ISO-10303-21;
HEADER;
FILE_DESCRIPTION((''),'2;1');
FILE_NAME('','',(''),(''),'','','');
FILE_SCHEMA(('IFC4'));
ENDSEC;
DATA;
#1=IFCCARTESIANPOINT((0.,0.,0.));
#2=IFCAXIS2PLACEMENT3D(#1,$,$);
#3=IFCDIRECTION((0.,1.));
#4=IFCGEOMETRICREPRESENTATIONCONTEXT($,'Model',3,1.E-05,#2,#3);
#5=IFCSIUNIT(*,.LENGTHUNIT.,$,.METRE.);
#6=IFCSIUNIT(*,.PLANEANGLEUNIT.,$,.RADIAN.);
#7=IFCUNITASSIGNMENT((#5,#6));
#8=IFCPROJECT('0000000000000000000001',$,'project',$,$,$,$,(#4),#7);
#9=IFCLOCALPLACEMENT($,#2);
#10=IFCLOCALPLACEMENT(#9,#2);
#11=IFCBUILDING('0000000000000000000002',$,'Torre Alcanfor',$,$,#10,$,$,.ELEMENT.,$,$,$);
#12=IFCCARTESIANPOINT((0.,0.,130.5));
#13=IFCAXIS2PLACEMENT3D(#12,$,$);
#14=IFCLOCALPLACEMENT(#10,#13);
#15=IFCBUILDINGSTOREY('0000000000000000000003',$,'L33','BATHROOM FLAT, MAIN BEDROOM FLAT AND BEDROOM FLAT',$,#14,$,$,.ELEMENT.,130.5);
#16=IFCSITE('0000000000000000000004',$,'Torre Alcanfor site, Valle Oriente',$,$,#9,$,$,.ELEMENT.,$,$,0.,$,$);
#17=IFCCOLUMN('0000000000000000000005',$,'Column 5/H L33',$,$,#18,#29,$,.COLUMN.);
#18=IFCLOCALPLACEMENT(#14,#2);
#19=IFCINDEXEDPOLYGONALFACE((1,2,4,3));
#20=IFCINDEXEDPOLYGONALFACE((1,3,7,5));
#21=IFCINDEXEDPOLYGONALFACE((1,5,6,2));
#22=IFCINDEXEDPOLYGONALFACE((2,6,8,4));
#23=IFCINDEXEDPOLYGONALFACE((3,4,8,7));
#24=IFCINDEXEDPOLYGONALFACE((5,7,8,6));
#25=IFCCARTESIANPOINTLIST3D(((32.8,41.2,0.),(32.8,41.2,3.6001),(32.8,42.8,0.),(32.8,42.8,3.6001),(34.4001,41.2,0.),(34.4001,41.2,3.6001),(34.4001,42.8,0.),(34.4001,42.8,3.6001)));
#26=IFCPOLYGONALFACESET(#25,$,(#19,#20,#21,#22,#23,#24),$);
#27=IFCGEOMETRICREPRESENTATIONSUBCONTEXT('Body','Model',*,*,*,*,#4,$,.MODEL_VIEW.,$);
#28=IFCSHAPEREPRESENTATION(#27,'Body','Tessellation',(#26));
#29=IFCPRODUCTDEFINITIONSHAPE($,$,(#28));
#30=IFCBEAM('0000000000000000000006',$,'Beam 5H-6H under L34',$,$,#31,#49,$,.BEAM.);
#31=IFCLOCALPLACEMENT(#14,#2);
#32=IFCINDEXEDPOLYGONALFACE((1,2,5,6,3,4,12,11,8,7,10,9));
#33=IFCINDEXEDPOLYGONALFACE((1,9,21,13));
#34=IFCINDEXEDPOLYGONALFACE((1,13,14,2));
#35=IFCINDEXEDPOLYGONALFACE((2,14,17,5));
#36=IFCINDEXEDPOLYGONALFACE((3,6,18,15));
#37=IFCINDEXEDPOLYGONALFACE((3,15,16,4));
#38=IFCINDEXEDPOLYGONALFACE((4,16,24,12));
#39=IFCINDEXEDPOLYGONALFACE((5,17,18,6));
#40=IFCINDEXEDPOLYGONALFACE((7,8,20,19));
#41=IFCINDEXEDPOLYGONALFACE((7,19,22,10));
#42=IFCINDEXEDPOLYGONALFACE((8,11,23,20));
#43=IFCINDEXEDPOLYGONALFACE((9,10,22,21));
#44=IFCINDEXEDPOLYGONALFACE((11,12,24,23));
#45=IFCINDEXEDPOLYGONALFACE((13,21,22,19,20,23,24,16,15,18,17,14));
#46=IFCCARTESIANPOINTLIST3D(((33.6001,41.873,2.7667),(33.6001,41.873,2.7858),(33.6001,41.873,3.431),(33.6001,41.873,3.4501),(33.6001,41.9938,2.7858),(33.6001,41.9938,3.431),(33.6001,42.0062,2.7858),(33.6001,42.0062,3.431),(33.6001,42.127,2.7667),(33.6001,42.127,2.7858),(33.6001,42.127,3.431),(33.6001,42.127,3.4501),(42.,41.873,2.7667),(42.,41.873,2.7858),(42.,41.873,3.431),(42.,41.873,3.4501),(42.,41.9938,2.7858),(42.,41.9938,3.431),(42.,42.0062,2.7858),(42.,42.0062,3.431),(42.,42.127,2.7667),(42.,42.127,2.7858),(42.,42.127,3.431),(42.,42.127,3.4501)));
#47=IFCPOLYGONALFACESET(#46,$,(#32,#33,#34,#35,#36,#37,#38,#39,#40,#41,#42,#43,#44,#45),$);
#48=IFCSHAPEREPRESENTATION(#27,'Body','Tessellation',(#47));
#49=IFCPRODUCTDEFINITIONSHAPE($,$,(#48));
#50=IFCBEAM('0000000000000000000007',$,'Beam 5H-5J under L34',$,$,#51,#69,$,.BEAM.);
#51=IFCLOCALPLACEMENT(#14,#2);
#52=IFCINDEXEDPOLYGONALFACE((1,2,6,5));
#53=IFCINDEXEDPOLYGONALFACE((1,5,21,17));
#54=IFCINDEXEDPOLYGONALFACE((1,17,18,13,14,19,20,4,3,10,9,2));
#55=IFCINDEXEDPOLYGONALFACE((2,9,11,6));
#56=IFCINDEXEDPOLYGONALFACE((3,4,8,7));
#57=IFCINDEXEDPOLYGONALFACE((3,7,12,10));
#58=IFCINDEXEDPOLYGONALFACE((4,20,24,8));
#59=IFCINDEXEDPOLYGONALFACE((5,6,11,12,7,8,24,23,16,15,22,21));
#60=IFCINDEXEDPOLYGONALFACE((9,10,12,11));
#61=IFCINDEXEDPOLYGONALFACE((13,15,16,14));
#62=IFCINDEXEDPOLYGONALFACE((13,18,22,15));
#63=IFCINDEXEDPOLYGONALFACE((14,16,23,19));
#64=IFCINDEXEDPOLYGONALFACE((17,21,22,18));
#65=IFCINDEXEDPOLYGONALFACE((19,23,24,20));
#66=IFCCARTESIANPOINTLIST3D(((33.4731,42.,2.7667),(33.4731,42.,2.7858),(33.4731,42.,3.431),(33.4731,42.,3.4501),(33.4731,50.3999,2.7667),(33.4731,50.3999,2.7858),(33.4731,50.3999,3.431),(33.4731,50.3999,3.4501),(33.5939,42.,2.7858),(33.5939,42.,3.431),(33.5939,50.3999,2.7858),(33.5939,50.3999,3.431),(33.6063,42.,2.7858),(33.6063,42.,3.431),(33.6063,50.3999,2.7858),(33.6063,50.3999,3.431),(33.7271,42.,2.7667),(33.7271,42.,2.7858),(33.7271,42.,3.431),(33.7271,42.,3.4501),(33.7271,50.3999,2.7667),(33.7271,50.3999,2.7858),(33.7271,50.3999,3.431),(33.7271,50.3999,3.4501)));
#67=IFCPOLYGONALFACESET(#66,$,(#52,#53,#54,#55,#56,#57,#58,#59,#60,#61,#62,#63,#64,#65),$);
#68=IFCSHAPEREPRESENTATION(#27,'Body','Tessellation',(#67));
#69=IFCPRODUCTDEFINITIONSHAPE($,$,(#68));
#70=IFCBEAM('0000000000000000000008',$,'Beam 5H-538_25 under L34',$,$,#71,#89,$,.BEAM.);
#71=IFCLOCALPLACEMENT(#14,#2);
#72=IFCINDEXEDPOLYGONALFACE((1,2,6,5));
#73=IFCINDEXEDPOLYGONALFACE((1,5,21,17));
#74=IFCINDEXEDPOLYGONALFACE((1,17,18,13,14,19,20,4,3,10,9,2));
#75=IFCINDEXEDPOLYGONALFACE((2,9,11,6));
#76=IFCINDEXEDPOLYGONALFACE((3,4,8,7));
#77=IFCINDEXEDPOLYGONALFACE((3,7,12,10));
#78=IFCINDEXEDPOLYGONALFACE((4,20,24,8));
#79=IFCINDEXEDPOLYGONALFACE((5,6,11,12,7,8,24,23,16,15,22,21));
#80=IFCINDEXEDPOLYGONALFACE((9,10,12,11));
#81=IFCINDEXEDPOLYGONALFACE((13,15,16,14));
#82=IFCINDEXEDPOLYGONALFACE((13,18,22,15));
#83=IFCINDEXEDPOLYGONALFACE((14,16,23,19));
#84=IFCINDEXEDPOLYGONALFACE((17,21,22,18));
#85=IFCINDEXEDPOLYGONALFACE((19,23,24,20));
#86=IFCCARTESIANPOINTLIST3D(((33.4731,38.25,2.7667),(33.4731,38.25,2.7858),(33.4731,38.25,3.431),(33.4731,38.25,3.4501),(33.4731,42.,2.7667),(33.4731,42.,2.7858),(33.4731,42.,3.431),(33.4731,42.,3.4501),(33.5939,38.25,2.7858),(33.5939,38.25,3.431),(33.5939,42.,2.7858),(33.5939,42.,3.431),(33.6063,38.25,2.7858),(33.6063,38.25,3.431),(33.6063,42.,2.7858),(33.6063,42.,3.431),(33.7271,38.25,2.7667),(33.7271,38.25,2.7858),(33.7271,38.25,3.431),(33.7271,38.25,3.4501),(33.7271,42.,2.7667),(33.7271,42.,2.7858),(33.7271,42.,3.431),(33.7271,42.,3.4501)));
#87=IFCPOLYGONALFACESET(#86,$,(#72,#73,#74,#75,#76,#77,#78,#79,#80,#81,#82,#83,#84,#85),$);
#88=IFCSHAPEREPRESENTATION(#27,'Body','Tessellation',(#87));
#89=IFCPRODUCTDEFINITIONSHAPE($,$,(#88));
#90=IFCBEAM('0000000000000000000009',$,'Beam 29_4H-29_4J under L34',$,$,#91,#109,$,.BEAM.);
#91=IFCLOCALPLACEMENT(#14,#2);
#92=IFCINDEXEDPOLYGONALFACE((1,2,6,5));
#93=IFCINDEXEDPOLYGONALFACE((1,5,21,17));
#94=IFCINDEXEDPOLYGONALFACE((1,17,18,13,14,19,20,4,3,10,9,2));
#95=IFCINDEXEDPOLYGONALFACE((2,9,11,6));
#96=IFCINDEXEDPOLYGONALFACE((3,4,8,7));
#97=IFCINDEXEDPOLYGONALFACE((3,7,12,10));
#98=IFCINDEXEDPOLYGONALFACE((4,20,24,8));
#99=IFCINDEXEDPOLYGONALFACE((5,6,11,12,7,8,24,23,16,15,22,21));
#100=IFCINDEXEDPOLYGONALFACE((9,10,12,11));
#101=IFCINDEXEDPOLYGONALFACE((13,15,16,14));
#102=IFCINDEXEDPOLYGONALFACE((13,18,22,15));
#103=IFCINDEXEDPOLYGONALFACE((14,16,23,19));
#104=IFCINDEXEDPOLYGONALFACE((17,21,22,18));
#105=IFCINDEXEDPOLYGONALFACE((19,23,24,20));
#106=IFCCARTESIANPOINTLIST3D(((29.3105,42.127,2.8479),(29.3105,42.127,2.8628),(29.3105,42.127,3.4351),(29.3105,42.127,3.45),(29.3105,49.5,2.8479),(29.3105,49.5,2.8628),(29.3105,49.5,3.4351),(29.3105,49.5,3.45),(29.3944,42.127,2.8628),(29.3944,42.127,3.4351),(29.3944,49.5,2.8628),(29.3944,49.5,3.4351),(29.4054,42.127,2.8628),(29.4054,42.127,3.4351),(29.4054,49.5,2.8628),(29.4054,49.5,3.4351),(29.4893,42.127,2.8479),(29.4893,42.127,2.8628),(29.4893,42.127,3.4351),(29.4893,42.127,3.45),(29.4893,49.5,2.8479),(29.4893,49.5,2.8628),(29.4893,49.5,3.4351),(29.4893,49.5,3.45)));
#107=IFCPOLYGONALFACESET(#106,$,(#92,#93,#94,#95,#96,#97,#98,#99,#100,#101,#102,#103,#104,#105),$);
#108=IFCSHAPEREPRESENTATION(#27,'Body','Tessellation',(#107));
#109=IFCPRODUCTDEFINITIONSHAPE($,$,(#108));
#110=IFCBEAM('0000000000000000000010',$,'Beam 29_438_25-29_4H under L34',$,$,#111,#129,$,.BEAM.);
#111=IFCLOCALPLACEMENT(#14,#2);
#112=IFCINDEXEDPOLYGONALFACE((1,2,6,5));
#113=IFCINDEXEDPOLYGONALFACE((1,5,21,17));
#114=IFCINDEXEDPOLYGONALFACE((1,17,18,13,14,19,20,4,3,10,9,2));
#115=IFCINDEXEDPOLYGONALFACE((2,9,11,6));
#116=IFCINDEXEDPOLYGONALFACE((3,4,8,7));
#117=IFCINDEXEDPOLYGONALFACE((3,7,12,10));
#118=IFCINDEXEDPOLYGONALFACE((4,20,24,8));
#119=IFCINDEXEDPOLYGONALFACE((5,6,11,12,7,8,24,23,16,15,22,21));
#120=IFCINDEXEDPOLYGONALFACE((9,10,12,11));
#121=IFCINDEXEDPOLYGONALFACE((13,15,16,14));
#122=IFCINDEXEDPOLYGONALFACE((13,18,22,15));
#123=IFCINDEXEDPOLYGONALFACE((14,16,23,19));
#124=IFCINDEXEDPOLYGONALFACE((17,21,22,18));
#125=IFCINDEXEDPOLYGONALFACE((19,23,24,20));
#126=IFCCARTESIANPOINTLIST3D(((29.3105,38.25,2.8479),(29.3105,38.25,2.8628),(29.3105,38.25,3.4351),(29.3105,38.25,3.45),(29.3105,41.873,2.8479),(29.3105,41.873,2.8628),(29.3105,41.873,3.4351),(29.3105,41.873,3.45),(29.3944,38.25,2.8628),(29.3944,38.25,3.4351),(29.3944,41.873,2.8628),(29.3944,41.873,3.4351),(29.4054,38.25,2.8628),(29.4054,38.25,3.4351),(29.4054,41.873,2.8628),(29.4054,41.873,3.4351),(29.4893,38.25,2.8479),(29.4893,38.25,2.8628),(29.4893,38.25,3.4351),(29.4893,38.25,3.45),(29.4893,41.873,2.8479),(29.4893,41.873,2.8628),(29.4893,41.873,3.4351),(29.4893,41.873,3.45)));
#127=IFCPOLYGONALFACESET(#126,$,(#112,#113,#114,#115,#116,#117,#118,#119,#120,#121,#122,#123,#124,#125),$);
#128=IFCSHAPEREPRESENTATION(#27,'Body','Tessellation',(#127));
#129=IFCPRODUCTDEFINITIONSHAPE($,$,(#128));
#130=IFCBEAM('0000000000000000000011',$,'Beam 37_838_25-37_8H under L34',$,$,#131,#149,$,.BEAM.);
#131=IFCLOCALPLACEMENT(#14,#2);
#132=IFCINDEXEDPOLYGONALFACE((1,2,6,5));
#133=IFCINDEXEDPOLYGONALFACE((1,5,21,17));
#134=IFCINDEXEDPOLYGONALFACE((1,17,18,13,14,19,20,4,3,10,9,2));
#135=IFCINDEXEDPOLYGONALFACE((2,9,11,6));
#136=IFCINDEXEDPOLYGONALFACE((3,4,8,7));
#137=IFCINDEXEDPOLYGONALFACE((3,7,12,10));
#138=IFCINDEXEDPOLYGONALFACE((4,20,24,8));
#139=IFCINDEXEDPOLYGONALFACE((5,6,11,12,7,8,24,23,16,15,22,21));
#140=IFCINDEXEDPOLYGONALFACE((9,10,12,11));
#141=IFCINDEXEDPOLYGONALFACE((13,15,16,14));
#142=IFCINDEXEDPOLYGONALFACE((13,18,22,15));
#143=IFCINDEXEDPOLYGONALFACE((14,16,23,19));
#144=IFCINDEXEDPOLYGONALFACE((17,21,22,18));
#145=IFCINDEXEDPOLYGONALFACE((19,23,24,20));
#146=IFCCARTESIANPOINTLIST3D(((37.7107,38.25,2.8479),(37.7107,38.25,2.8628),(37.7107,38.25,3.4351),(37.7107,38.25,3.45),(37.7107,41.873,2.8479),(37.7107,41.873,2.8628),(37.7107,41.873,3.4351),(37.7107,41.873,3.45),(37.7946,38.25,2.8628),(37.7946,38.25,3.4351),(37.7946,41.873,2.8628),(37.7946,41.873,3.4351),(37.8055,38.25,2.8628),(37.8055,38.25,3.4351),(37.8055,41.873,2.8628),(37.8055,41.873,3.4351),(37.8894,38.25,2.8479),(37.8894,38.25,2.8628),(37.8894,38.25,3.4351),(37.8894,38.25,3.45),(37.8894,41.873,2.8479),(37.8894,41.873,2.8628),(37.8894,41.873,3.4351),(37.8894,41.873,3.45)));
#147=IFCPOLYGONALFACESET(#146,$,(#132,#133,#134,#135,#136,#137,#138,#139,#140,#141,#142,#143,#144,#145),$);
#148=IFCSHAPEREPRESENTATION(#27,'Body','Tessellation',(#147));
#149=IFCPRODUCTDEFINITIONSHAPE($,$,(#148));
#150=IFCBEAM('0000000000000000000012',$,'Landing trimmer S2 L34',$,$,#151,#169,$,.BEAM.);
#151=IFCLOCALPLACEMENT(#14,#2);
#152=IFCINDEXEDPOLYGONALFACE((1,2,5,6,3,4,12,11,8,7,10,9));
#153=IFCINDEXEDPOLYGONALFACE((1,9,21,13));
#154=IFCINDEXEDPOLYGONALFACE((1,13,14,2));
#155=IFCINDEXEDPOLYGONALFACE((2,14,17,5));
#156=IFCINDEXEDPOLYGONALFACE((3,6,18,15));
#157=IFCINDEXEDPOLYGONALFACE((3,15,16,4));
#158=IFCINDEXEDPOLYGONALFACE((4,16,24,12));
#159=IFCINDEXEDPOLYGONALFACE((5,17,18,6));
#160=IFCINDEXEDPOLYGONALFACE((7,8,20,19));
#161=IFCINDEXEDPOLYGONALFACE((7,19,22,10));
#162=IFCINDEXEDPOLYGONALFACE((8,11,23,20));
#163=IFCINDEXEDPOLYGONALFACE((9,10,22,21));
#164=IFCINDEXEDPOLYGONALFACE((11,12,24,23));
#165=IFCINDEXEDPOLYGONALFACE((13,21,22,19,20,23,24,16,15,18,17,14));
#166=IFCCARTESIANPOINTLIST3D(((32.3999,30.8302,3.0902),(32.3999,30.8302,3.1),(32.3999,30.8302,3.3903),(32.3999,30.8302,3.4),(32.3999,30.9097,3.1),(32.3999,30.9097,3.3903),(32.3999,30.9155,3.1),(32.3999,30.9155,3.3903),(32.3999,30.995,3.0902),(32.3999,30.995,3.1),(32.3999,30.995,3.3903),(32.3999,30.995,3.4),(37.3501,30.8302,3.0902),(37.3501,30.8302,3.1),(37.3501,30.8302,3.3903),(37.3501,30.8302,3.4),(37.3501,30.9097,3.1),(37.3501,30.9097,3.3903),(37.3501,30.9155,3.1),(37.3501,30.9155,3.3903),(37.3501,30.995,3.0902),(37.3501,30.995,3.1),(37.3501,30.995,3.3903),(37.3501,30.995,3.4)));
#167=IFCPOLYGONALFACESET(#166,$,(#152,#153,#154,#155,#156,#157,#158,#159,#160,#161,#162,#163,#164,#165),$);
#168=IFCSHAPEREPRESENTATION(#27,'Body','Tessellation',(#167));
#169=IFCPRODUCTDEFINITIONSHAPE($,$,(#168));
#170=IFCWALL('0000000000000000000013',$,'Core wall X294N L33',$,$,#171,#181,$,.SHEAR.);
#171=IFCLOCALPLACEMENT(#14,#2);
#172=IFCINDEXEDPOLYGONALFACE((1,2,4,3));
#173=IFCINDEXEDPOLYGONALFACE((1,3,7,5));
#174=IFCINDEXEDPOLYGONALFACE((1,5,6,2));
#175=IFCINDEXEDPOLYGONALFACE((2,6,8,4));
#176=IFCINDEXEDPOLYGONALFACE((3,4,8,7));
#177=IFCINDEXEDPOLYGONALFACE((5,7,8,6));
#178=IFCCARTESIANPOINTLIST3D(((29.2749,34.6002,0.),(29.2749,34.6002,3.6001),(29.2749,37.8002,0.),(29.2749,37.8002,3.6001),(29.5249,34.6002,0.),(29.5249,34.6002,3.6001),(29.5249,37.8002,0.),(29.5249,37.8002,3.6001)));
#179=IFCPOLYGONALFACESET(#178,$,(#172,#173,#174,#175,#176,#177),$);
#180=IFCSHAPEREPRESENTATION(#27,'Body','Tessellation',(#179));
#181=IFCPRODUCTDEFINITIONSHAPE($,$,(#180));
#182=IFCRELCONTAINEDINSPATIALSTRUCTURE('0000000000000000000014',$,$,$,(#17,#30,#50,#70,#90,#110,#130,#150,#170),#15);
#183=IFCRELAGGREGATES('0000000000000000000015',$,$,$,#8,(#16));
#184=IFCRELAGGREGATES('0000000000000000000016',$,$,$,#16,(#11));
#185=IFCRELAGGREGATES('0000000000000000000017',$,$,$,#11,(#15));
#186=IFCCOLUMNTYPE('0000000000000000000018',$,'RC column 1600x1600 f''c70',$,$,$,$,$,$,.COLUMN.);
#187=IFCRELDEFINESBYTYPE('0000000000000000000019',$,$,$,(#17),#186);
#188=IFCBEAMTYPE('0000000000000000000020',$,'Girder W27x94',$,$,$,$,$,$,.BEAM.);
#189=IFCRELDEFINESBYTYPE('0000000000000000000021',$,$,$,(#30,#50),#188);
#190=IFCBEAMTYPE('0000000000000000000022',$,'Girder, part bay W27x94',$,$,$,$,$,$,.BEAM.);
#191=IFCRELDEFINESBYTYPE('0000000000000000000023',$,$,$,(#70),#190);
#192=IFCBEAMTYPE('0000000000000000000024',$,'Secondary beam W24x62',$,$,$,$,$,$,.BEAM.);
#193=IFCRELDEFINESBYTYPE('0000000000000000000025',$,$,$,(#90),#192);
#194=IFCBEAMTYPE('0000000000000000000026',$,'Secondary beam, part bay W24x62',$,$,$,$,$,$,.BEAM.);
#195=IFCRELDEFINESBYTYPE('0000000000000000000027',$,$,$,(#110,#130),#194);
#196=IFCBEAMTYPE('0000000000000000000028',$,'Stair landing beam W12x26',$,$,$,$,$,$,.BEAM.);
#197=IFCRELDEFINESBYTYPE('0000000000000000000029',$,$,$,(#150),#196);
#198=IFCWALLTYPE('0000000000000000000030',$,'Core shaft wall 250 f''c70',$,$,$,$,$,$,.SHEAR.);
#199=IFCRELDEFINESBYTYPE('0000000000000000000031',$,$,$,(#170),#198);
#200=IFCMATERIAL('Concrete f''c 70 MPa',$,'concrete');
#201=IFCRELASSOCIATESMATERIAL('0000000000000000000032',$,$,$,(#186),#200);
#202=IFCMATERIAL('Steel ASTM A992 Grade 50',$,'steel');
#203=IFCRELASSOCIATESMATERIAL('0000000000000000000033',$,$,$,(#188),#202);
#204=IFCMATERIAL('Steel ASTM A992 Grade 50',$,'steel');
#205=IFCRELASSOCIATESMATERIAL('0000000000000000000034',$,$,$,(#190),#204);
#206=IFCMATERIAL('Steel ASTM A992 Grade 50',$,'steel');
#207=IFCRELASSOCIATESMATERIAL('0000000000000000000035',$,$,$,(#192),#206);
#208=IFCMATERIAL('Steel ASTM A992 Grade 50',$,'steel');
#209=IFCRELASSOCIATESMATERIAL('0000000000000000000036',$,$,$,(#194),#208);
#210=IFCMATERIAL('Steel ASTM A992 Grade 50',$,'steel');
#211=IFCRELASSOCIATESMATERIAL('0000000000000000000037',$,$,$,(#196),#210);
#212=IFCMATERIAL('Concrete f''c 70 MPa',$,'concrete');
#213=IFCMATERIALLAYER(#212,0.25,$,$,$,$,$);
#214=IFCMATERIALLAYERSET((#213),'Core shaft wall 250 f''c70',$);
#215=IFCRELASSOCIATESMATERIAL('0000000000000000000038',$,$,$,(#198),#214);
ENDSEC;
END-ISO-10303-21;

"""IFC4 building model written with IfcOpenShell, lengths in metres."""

from ifc_helpers import new_model, si_unit, direction, frame, frame_2d, origin, origin_2d, place, context, subcontext, project, spatial, rectangle, i_section, extrude, material, layer, layer_set, material_profile, profile_set, type_object, element, save


model = new_model("IFC4")

# Units and contexts
model_context = context("Model", 3, precision=1e-05, world=origin(), true_north=direction((0.0, 1.0)))
body_context = subcontext(model_context, "Body", "Model", "MODEL_VIEW")
ifc_project = project(units=[si_unit("LENGTHUNIT", "METRE"), si_unit("PLANEANGLEUNIT", "RADIAN")], contexts=[model_context])

# Site, building, storey
site_placement = place(None, origin())
site = spatial("IfcSite", under=ifc_project, at=site_placement, Name="Torre Alcanfor site, Valle Oriente", CompositionType="ELEMENT", RefElevation=0.0)
building_placement = place(site_placement, origin())
building = spatial("IfcBuilding", under=site, at=building_placement, Name="Torre Alcanfor", CompositionType="ELEMENT")
storey_placement = place(building_placement, frame((0.0, 0.0, 130.5)))
storey = spatial("IfcBuildingStorey", under=building, at=storey_placement, Name="L33", Description="BATHROOM FLAT, MAIN BEDROOM FLAT AND BEDROOM FLAT", CompositionType="ELEMENT", Elevation=130.5)

# Column
ifc_material_1 = material(Name="Concrete f'c 70 MPa", Category="concrete")
ifc_material_profile_1 = material_profile(ifc_material_1, rectangle(XDim=1.6001, YDim=1.6001, at=origin_2d()), Name="1600x1600")
ifc_profile_set_1 = profile_set([ifc_material_profile_1], Name="Concrete f'c 70 MPa")
column_type = type_object("IfcColumnType", Name="RC column 1600x1600 f'c70", PredefinedType="COLUMN", material=ifc_profile_set_1)
column_placement = place(storey_placement, frame((33.6001, 42.0, 0.0), z_axis=(0.0, 0.0, 1.0), x_axis=(1.0, 0.0, 0.0)))
element("IfcColumn", 1, at=column_placement, inside=storey, type_object=column_type, Name="Column 5/H L33", PredefinedType="COLUMN", context=body_context, shape_type="SweptSolid", body=[
    extrude(rectangle(XDim=1.6001, YDim=1.6001, at=origin_2d()), origin(), (0.0, 0.0, 1.0), 3.6001),
])

# Beams
ifc_material_2 = material(Name="Steel ASTM A992 Grade 50", Category="steel")
ifc_material_profile_2 = material_profile(ifc_material_2, i_section(OverallWidth=0.2539, OverallDepth=0.6833, WebThickness=0.0125, FlangeThickness=0.019, at=origin_2d()), Name="W27x94")
ifc_profile_set_2 = profile_set([ifc_material_profile_2], Name="Steel ASTM A992 Grade 50")
beam_type_1 = type_object("IfcBeamType", Name="Girder W27x94", PredefinedType="BEAM", material=ifc_profile_set_2)
for number, where, z_axis, x_axis, name in (
    (2, (33.6001, 42.0, 3.1084), (1.0, 0.0, 0.0), (0.0, 1.0, 0.0), "Beam 5H-6H under L34"),
    (3, (33.6001, 42.0, 3.1084), (0.0, 1.0, 0.0), (-1.0, 0.0, 0.0), "Beam 5H-5J under L34"),
):
    element("IfcBeam", number, at=place(storey_placement, frame(where, z_axis=z_axis, x_axis=x_axis)), inside=storey, type_object=beam_type_1, Name=name, PredefinedType="BEAM", context=body_context, shape_type="SweptSolid", body=[
        extrude(i_section(OverallWidth=0.2539, OverallDepth=0.6833, WebThickness=0.0125, FlangeThickness=0.019, at=origin_2d()), origin(), (0.0, 0.0, 1.0), 8.3999),
    ])
ifc_material_3 = material(Name="Steel ASTM A992 Grade 50", Category="steel")
ifc_material_profile_3 = material_profile(ifc_material_3, i_section(OverallWidth=0.2539, OverallDepth=0.6833, WebThickness=0.0125, FlangeThickness=0.019, at=origin_2d()), Name="W27x94")
ifc_profile_set_3 = profile_set([ifc_material_profile_3], Name="Steel ASTM A992 Grade 50")
beam_type_2 = type_object("IfcBeamType", Name="Girder, part bay W27x94", PredefinedType="BEAM", material=ifc_profile_set_3)
beam_1_placement = place(storey_placement, frame((33.6001, 42.0, 3.1084), z_axis=(0.0, -1.0, 0.0), x_axis=(1.0, 0.0, 0.0)))
element("IfcBeam", 4, at=beam_1_placement, inside=storey, type_object=beam_type_2, Name="Beam 5H-538_25 under L34", PredefinedType="BEAM", context=body_context, shape_type="SweptSolid", body=[
    extrude(i_section(OverallWidth=0.2539, OverallDepth=0.6833, WebThickness=0.0125, FlangeThickness=0.019, at=origin_2d()), origin(), (0.0, 0.0, 1.0), 3.75),
])
ifc_material_4 = material(Name="Steel ASTM A992 Grade 50", Category="steel")
ifc_material_profile_4 = material_profile(ifc_material_4, i_section(OverallWidth=0.1787, OverallDepth=0.6021, WebThickness=0.011, FlangeThickness=0.0149, at=origin_2d()), Name="W24x62")
ifc_profile_set_4 = profile_set([ifc_material_profile_4], Name="Steel ASTM A992 Grade 50")
beam_type_3 = type_object("IfcBeamType", Name="Secondary beam W24x62", PredefinedType="BEAM", material=ifc_profile_set_4)
beam_2_placement = place(storey_placement, frame((29.3999, 42.127, 3.1489), z_axis=(0.0, 1.0, 0.0), x_axis=(-1.0, 0.0, 0.0)))
element("IfcBeam", 5, at=beam_2_placement, inside=storey, type_object=beam_type_3, Name="Beam 29_4H-29_4J under L34", PredefinedType="BEAM", context=body_context, shape_type="SweptSolid", body=[
    extrude(i_section(OverallWidth=0.1787, OverallDepth=0.6021, WebThickness=0.011, FlangeThickness=0.0149, at=origin_2d()), origin(), (0.0, 0.0, 1.0), 7.373),
])
ifc_material_5 = material(Name="Steel ASTM A992 Grade 50", Category="steel")
ifc_material_profile_5 = material_profile(ifc_material_5, i_section(OverallWidth=0.1787, OverallDepth=0.6021, WebThickness=0.011, FlangeThickness=0.0149, at=origin_2d()), Name="W24x62")
ifc_profile_set_5 = profile_set([ifc_material_profile_5], Name="Steel ASTM A992 Grade 50")
beam_type_4 = type_object("IfcBeamType", Name="Secondary beam, part bay W24x62", PredefinedType="BEAM", material=ifc_profile_set_5)
for number, where, z_axis, x_axis, name in (
    (6, (29.3999, 38.25, 3.1489), (0.0, 1.0, 0.0), (-1.0, 0.0, 0.0), "Beam 29_438_25-29_4H under L34"),
    (7, (37.8, 38.25, 3.1489), (0.0, 1.0, 0.0), (-1.0, 0.0, 0.0), "Beam 37_838_25-37_8H under L34"),
):
    element("IfcBeam", number, at=place(storey_placement, frame(where, z_axis=z_axis, x_axis=x_axis)), inside=storey, type_object=beam_type_4, Name=name, PredefinedType="BEAM", context=body_context, shape_type="SweptSolid", body=[
        extrude(i_section(OverallWidth=0.1787, OverallDepth=0.6021, WebThickness=0.011, FlangeThickness=0.0149, at=origin_2d()), origin(), (0.0, 0.0, 1.0), 3.623),
    ])
ifc_material_6 = material(Name="Steel ASTM A992 Grade 50", Category="steel")
ifc_material_profile_6 = material_profile(ifc_material_6, i_section(OverallWidth=0.1648, OverallDepth=0.3098, WebThickness=0.0059, FlangeThickness=0.0098, at=origin_2d()), Name="W12x26")
ifc_profile_set_6 = profile_set([ifc_material_profile_6], Name="Steel ASTM A992 Grade 50")
beam_type_5 = type_object("IfcBeamType", Name="Stair landing beam W12x26", PredefinedType="BEAM", material=ifc_profile_set_6)
beam_3_placement = place(storey_placement, frame((32.3999, 30.9126, 3.2451), z_axis=(1.0, 0.0, 0.0), x_axis=(0.0, 1.0, 0.0)))
element("IfcBeam", 8, at=beam_3_placement, inside=storey, type_object=beam_type_5, Name="Landing trimmer S2 L34", PredefinedType="BEAM", context=body_context, shape_type="SweptSolid", body=[
    extrude(i_section(OverallWidth=0.1648, OverallDepth=0.3098, WebThickness=0.0059, FlangeThickness=0.0098, at=origin_2d()), origin(), (0.0, 0.0, 1.0), 4.9502),
])

# Wall
ifc_material_7 = material(Name="Concrete f'c 70 MPa", Category="concrete")
ifc_layer_1 = layer(ifc_material_7, 0.25)
ifc_layer_set_1 = layer_set([ifc_layer_1], Name="Core shaft wall 250 f'c70")
wall_type_1 = type_object("IfcWallType", Name="Core shaft wall 250 f'c70", PredefinedType="SHEAR", material=ifc_layer_set_1)
wall_1_placement = place(storey_placement, frame((29.3999, 34.6001, 0.0), z_axis=(0.0, 0.0, 1.0), x_axis=(0.0, 1.0, 0.0)))
element("IfcWall", 9, at=wall_1_placement, inside=storey, type_object=wall_type_1, Name="Core wall X294N L33", PredefinedType="SHEAR", context=body_context, shape_type="SweptSolid", body=[
    extrude(rectangle(XDim=3.2, YDim=0.25, at=frame_2d((1.6001, 0.0))), origin(), (0.0, 0.0, 1.0), 3.6001),
])

save(model, "model.ifc")
